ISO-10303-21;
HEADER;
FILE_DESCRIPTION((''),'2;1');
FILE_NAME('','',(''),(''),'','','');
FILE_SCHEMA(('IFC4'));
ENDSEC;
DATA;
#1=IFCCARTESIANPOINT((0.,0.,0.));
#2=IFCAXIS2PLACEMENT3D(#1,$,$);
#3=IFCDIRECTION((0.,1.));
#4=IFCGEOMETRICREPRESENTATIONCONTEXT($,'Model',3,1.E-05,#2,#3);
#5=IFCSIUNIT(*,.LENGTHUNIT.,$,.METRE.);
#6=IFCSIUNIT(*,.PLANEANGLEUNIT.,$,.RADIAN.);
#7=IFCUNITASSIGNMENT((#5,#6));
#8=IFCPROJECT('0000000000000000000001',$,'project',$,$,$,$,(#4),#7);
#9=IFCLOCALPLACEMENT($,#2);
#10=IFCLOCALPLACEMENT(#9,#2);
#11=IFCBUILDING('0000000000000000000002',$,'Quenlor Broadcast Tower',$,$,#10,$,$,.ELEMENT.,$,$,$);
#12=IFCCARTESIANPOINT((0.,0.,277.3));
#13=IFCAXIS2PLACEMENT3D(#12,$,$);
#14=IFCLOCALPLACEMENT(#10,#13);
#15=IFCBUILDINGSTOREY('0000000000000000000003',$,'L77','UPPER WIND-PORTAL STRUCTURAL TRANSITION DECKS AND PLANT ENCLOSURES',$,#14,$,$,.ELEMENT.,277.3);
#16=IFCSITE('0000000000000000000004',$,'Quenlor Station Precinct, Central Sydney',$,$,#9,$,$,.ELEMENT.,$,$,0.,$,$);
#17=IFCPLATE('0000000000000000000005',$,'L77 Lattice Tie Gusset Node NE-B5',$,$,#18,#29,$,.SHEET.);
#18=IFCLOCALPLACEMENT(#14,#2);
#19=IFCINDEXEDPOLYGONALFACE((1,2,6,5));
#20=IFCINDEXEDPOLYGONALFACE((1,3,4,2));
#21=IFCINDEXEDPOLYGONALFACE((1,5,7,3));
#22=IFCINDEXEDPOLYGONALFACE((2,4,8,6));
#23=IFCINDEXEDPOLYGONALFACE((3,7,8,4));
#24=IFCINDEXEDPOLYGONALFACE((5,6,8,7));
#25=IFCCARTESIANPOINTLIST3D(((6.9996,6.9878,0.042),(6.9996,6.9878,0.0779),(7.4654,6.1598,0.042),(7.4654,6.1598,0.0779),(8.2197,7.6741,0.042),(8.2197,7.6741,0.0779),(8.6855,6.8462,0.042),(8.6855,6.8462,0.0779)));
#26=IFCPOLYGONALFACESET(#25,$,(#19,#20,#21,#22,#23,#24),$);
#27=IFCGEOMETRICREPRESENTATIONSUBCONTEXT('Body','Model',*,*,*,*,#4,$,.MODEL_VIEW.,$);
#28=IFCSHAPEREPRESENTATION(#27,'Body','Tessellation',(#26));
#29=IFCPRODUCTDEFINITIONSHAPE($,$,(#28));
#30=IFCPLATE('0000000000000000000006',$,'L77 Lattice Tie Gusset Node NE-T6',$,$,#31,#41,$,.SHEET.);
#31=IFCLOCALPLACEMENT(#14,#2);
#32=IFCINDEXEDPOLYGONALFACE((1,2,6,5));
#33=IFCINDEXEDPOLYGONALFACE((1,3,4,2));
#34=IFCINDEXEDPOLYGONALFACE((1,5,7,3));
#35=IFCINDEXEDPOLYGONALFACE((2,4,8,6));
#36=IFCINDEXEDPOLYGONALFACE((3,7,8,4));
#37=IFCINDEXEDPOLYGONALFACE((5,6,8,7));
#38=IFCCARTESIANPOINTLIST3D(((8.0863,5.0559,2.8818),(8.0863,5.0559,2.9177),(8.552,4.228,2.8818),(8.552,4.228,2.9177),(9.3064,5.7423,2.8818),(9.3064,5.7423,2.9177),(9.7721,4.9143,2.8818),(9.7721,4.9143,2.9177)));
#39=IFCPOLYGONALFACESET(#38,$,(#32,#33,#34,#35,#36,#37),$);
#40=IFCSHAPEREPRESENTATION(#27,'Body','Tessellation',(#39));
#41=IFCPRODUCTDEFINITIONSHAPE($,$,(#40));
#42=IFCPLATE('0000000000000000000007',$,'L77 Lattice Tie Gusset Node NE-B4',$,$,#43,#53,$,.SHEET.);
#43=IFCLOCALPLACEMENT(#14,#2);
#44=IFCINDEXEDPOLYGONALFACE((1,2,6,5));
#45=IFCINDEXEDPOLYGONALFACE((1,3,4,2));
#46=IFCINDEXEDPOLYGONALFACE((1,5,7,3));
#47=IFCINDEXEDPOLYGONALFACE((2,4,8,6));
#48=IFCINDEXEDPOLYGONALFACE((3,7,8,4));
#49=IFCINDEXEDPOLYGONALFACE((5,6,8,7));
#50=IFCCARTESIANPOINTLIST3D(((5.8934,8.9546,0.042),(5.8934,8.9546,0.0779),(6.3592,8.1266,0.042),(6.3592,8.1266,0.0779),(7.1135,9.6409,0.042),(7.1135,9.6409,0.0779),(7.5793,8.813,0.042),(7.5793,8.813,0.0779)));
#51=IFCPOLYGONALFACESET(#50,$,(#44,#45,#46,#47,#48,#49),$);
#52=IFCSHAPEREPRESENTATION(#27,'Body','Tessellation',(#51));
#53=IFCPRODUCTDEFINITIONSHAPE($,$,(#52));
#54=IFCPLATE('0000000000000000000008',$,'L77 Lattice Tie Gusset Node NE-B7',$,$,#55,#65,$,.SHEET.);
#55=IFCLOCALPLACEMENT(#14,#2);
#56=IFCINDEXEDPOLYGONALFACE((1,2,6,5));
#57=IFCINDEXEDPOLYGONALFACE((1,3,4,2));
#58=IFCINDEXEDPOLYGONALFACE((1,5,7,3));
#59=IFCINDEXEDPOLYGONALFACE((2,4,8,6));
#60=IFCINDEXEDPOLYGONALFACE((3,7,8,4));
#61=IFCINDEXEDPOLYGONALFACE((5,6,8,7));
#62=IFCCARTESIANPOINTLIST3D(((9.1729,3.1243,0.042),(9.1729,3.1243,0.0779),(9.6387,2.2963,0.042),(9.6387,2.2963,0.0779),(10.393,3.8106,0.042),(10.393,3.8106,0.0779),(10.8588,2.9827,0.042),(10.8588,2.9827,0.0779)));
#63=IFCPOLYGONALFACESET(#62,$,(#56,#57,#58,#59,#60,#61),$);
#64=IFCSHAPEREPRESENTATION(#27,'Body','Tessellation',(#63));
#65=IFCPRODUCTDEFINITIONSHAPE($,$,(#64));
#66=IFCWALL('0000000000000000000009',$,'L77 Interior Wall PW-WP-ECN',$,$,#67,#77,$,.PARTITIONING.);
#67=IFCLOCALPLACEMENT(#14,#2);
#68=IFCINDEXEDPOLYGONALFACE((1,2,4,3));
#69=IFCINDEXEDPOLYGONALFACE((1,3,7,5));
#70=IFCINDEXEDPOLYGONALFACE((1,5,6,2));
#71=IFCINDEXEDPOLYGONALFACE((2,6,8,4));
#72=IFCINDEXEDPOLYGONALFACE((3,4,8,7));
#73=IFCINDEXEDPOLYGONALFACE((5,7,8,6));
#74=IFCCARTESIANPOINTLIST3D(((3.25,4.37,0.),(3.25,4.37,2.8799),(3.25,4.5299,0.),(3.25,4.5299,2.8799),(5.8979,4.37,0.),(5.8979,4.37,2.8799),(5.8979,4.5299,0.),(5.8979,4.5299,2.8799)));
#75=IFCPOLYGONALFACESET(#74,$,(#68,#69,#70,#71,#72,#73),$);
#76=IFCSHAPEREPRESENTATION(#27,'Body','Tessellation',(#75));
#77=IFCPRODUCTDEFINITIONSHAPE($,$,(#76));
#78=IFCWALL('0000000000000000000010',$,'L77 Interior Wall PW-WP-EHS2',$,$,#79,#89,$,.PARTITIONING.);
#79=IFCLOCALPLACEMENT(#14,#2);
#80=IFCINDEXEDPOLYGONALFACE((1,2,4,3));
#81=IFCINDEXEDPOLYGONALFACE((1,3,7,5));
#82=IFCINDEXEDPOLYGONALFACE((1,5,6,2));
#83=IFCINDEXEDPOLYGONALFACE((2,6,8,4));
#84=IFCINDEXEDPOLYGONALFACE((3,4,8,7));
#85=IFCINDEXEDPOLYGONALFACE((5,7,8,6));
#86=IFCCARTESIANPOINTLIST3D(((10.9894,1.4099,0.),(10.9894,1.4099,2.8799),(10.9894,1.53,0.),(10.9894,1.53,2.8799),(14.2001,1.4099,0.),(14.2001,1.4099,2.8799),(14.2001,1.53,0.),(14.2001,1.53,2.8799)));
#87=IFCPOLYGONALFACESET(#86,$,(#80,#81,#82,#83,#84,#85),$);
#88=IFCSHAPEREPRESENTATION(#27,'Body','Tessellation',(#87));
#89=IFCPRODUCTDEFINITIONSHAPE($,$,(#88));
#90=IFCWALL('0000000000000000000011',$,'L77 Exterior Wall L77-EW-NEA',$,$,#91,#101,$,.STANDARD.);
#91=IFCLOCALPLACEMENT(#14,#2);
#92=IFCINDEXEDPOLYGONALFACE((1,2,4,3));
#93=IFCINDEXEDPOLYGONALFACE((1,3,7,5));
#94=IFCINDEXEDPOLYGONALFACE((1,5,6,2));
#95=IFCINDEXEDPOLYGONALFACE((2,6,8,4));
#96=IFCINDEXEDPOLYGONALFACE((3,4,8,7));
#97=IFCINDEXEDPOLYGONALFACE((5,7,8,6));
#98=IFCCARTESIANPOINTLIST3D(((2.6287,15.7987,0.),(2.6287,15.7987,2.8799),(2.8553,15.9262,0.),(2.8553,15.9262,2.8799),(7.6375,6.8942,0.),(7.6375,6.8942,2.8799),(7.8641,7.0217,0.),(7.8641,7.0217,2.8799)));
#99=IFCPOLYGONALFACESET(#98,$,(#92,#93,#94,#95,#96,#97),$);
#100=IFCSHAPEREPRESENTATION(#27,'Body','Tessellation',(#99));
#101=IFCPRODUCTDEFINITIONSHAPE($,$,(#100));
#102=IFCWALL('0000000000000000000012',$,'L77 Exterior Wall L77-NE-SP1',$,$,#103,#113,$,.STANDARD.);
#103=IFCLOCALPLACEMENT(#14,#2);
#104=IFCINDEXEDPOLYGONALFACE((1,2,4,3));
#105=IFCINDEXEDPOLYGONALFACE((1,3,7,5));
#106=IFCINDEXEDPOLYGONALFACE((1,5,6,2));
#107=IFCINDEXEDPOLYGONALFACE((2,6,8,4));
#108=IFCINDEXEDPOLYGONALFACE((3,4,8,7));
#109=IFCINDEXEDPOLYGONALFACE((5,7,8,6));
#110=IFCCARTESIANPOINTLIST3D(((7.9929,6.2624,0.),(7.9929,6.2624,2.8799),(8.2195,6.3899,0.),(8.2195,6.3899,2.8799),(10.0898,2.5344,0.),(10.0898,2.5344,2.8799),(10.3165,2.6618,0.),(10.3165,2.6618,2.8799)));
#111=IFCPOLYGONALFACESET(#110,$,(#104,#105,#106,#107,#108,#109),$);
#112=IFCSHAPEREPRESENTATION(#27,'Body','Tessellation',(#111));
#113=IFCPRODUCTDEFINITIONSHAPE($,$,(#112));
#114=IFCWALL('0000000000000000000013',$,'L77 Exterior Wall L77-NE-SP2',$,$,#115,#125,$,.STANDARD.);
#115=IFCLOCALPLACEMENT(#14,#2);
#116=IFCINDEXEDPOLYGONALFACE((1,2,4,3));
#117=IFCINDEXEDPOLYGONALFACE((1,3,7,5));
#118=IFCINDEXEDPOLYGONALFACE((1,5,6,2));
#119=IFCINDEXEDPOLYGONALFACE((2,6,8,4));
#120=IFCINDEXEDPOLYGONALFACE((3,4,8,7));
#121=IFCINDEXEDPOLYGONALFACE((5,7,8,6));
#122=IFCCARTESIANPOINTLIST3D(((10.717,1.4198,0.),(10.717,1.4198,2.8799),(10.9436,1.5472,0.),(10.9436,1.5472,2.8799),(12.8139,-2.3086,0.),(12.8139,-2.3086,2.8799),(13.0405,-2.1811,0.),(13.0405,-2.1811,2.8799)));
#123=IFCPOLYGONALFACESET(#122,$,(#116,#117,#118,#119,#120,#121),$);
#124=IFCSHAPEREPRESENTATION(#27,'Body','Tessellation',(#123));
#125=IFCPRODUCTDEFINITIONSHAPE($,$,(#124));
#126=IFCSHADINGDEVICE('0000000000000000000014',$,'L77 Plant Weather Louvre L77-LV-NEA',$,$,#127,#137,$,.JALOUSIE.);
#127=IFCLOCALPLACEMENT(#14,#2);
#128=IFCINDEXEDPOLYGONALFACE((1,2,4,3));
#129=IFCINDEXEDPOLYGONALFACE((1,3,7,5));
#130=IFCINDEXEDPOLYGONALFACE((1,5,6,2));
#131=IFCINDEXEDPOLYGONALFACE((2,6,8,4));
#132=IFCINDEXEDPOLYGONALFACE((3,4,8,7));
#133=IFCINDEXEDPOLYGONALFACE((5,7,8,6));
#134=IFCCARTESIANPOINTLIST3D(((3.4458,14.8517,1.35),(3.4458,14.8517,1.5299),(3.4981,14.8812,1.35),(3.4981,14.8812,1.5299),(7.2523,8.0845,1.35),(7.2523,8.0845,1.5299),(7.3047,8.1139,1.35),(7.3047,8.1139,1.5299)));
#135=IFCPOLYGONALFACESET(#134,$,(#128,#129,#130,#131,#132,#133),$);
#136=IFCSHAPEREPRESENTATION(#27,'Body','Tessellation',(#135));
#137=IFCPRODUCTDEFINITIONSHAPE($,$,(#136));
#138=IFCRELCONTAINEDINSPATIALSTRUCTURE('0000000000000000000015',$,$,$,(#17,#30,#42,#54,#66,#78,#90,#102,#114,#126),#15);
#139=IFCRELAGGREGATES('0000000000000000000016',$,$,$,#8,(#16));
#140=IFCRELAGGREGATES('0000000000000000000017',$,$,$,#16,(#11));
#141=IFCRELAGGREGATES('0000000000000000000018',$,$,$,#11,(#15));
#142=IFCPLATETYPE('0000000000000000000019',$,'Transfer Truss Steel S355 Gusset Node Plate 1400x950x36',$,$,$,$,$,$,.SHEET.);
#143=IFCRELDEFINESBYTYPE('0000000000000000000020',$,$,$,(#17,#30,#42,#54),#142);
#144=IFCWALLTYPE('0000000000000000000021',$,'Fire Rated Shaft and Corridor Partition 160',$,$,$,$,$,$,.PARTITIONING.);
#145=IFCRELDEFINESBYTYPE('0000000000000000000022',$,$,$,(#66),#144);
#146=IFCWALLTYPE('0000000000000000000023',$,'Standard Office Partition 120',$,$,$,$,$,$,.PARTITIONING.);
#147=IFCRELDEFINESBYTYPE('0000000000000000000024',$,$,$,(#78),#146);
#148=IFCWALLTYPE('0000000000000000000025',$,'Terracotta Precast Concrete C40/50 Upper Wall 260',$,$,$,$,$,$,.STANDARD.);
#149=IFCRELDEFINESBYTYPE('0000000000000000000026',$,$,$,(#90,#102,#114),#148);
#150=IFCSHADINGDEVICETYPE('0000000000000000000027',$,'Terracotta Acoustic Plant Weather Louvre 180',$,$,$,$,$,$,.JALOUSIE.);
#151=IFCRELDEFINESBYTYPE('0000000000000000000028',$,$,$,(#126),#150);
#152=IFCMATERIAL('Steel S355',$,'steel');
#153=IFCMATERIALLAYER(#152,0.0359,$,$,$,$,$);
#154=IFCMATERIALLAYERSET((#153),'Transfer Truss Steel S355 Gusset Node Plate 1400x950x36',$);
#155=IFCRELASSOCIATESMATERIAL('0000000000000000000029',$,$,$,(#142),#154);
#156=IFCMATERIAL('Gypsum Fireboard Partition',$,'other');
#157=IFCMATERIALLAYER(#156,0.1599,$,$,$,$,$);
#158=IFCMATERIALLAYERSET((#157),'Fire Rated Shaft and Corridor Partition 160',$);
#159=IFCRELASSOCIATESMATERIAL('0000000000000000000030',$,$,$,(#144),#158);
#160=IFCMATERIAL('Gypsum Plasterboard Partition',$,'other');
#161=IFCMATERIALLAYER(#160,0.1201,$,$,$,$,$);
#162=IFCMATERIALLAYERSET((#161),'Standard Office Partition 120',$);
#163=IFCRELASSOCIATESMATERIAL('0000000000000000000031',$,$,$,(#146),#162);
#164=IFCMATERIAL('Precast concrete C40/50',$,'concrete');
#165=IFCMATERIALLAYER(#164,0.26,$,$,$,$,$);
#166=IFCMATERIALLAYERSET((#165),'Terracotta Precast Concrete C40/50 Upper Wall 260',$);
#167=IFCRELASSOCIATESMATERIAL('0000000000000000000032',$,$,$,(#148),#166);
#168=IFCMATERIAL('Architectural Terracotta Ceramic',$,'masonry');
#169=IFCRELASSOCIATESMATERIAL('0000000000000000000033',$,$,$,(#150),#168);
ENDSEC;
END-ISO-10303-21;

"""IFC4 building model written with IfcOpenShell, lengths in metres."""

from ifc_helpers import new_model, si_unit, direction, frame, frame_2d, origin, origin_2d, place, context, subcontext, project, spatial, rectangle, extrude, material, layer, layer_set, material_profile, profile_set, type_object, element, save


model = new_model("IFC4")

# Units and contexts
model_context = context("Model", 3, precision=1e-05, world=origin(), true_north=direction((0.0, 1.0)))
body_context = subcontext(model_context, "Body", "Model", "MODEL_VIEW")
ifc_project = project(units=[si_unit("LENGTHUNIT", "METRE"), si_unit("PLANEANGLEUNIT", "RADIAN")], contexts=[model_context])

# Site, building, storey
site_placement = place(None, origin())
site = spatial("IfcSite", under=ifc_project, at=site_placement, Name="Quenlor Station Precinct, Central Sydney", CompositionType="ELEMENT", RefElevation=0.0)
building_placement = place(site_placement, origin())
building = spatial("IfcBuilding", under=site, at=building_placement, Name="Quenlor Broadcast Tower", CompositionType="ELEMENT")
storey_placement = place(building_placement, frame((0.0, 0.0, 277.3)))
storey = spatial("IfcBuildingStorey", under=building, at=storey_placement, Name="L77", Description="UPPER WIND-PORTAL STRUCTURAL TRANSITION DECKS AND PLANT ENCLOSURES", CompositionType="ELEMENT", Elevation=277.3)

# Plates
ifc_material_1 = material(Name="Steel S355", Category="steel")
ifc_layer_1 = layer(ifc_material_1, 0.0359)
ifc_layer_set_1 = layer_set([ifc_layer_1], Name="Transfer Truss Steel S355 Gusset Node Plate 1400x950x36")
plate_type_1 = type_object("IfcPlateType", Name="Transfer Truss Steel S355 Gusset Node Plate 1400x950x36", PredefinedType="SHEET", material=ifc_layer_set_1)
for number, where, z_axis, x_axis, name in (
    (1, (7.8425, 6.917, 0.042), (0.0, 0.0, 1.0), (0.871556, 0.490295, 0.0), "L77 Lattice Tie Gusset Node NE-B5"),
    (2, (8.9292, 4.9851, 2.8818), (0.0, 0.0, 1.0), (0.871556, 0.490295, 0.0), "L77 Lattice Tie Gusset Node NE-T6"),
    (3, (6.7363, 8.8838, 0.042), (0.0, 0.0, 1.0), (0.871556, 0.490295, 0.0), "L77 Lattice Tie Gusset Node NE-B4"),
    (4, (10.0159, 3.0535, 0.042), (0.0, 0.0, 1.0), (0.871556, 0.490295, 0.0), "L77 Lattice Tie Gusset Node NE-B7"),
):
    element("IfcPlate", number, at=place(storey_placement, frame(where, z_axis=z_axis, x_axis=x_axis)), inside=storey, type_object=plate_type_1, Name=name, PredefinedType="SHEET", context=body_context, shape_type="SweptSolid", body=[
        extrude(rectangle(XDim=1.3999, YDim=0.95, at=origin_2d()), origin(), (0.0, 0.0, 1.0), 0.0359),
    ])

# Walls
ifc_material_2 = material(Name="Gypsum Fireboard Partition", Category="other")
ifc_layer_2 = layer(ifc_material_2, 0.1599)
ifc_layer_set_2 = layer_set([ifc_layer_2], Name="Fire Rated Shaft and Corridor Partition 160")
wall_type_1 = type_object("IfcWallType", Name="Fire Rated Shaft and Corridor Partition 160", PredefinedType="PARTITIONING", material=ifc_layer_set_2)
wall_1_placement = place(storey_placement, frame((3.25, 4.45, 0.0), z_axis=(0.0, 0.0, 1.0), x_axis=(1.0, 0.0, 0.0)))
element("IfcWall", 5, at=wall_1_placement, inside=storey, type_object=wall_type_1, Name="L77 Interior Wall PW-WP-ECN", PredefinedType="PARTITIONING", context=body_context, shape_type="SweptSolid", body=[
    extrude(rectangle(XDim=2.6479, YDim=0.1599, at=frame_2d((1.324, 0.0))), origin(), (0.0, 0.0, 1.0), 2.8799),
])
ifc_material_3 = material(Name="Gypsum Plasterboard Partition", Category="other")
ifc_layer_3 = layer(ifc_material_3, 0.1201)
ifc_layer_set_3 = layer_set([ifc_layer_3], Name="Standard Office Partition 120")
wall_type_2 = type_object("IfcWallType", Name="Standard Office Partition 120", PredefinedType="PARTITIONING", material=ifc_layer_set_3)
wall_2_placement = place(storey_placement, frame((10.9893, 1.47, 0.0), z_axis=(0.0, 0.0, 1.0), x_axis=(1.0, 0.0, 0.0)))
element("IfcWall", 6, at=wall_2_placement, inside=storey, type_object=wall_type_2, Name="L77 Interior Wall PW-WP-EHS2", PredefinedType="PARTITIONING", context=body_context, shape_type="SweptSolid", body=[
    extrude(rectangle(XDim=3.2107, YDim=0.1201, at=frame_2d((1.6055, 0.0))), origin(), (0.0, 0.0, 1.0), 2.8799),
])
ifc_material_4 = material(Name="Precast concrete C40/50", Category="concrete")
ifc_layer_4 = layer(ifc_material_4, 0.26)
ifc_layer_set_4 = layer_set([ifc_layer_4], Name="Terracotta Precast Concrete C40/50 Upper Wall 260")
wall_type_3 = type_object("IfcWallType", Name="Terracotta Precast Concrete C40/50 Upper Wall 260", PredefinedType="STANDARD", material=ifc_layer_set_4)
wall_3_placement = place(storey_placement, frame((2.7419, 15.8625, 0.0), z_axis=(0.0, 0.0, 1.0), x_axis=(0.49026, -0.871576, 0.0)))
element("IfcWall", 7, at=wall_3_placement, inside=storey, type_object=wall_type_3, Name="L77 Exterior Wall L77-EW-NEA", PredefinedType="STANDARD", context=body_context, shape_type="SweptSolid", body=[
    extrude(rectangle(XDim=10.2166, YDim=0.26, at=frame_2d((5.1084, 0.0))), origin(), (0.0, 0.0, 1.0), 2.8799),
])
wall_4_placement = place(storey_placement, frame((8.1062, 6.3262, 0.0), z_axis=(0.0, 0.0, 1.0), x_axis=(0.490245, -0.871585, 0.0)))
element("IfcWall", 8, at=wall_4_placement, inside=storey, type_object=wall_type_3, Name="L77 Exterior Wall L77-NE-SP1", PredefinedType="STANDARD", context=body_context, shape_type="SweptSolid", body=[
    extrude(rectangle(XDim=4.2773, YDim=0.26, at=frame_2d((2.1387, 0.0))), origin(), (0.0, 0.0, 1.0), 2.8799),
])
wall_5_placement = place(storey_placement, frame((10.8303, 1.4834, 0.0), z_axis=(0.0, 0.0, 1.0), x_axis=(0.490221, -0.871598, 0.0)))
element("IfcWall", 9, at=wall_5_placement, inside=storey, type_object=wall_type_3, Name="L77 Exterior Wall L77-NE-SP2", PredefinedType="STANDARD", context=body_context, shape_type="SweptSolid", body=[
    extrude(rectangle(XDim=4.2776, YDim=0.26, at=frame_2d((2.1387, 0.0))), origin(), (0.0, 0.0, 1.0), 2.8799),
])

# Shading device
ifc_material_5 = material(Name="Architectural Terracotta Ceramic", Category="masonry")
ifc_material_profile_1 = material_profile(ifc_material_5, rectangle(XDim=0.0601, YDim=0.1799, at=origin_2d()))
ifc_profile_set_1 = profile_set([ifc_material_profile_1], Name="Architectural Terracotta Ceramic LVR60x180")
shading_device_type = type_object("IfcShadingDeviceType", Name="Terracotta Acoustic Plant Weather Louvre 180", PredefinedType="JALOUSIE", material=ifc_profile_set_1)
shading_device_placement = place(storey_placement, frame((3.4719, 14.8665, 1.4399), z_axis=(0.490263, -0.871575, 0.0), x_axis=(0.871575, 0.490263, 0.0)))
element("IfcShadingDevice", 10, at=shading_device_placement, inside=storey, type_object=shading_device_type, Name="L77 Plant Weather Louvre L77-LV-NEA", PredefinedType="JALOUSIE", context=body_context, shape_type="SweptSolid", body=[
    extrude(rectangle(XDim=0.0601, YDim=0.1799, at=origin_2d()), origin(), (0.0, 0.0, 1.0), 7.7644),
])

save(model, "model.ifc")
